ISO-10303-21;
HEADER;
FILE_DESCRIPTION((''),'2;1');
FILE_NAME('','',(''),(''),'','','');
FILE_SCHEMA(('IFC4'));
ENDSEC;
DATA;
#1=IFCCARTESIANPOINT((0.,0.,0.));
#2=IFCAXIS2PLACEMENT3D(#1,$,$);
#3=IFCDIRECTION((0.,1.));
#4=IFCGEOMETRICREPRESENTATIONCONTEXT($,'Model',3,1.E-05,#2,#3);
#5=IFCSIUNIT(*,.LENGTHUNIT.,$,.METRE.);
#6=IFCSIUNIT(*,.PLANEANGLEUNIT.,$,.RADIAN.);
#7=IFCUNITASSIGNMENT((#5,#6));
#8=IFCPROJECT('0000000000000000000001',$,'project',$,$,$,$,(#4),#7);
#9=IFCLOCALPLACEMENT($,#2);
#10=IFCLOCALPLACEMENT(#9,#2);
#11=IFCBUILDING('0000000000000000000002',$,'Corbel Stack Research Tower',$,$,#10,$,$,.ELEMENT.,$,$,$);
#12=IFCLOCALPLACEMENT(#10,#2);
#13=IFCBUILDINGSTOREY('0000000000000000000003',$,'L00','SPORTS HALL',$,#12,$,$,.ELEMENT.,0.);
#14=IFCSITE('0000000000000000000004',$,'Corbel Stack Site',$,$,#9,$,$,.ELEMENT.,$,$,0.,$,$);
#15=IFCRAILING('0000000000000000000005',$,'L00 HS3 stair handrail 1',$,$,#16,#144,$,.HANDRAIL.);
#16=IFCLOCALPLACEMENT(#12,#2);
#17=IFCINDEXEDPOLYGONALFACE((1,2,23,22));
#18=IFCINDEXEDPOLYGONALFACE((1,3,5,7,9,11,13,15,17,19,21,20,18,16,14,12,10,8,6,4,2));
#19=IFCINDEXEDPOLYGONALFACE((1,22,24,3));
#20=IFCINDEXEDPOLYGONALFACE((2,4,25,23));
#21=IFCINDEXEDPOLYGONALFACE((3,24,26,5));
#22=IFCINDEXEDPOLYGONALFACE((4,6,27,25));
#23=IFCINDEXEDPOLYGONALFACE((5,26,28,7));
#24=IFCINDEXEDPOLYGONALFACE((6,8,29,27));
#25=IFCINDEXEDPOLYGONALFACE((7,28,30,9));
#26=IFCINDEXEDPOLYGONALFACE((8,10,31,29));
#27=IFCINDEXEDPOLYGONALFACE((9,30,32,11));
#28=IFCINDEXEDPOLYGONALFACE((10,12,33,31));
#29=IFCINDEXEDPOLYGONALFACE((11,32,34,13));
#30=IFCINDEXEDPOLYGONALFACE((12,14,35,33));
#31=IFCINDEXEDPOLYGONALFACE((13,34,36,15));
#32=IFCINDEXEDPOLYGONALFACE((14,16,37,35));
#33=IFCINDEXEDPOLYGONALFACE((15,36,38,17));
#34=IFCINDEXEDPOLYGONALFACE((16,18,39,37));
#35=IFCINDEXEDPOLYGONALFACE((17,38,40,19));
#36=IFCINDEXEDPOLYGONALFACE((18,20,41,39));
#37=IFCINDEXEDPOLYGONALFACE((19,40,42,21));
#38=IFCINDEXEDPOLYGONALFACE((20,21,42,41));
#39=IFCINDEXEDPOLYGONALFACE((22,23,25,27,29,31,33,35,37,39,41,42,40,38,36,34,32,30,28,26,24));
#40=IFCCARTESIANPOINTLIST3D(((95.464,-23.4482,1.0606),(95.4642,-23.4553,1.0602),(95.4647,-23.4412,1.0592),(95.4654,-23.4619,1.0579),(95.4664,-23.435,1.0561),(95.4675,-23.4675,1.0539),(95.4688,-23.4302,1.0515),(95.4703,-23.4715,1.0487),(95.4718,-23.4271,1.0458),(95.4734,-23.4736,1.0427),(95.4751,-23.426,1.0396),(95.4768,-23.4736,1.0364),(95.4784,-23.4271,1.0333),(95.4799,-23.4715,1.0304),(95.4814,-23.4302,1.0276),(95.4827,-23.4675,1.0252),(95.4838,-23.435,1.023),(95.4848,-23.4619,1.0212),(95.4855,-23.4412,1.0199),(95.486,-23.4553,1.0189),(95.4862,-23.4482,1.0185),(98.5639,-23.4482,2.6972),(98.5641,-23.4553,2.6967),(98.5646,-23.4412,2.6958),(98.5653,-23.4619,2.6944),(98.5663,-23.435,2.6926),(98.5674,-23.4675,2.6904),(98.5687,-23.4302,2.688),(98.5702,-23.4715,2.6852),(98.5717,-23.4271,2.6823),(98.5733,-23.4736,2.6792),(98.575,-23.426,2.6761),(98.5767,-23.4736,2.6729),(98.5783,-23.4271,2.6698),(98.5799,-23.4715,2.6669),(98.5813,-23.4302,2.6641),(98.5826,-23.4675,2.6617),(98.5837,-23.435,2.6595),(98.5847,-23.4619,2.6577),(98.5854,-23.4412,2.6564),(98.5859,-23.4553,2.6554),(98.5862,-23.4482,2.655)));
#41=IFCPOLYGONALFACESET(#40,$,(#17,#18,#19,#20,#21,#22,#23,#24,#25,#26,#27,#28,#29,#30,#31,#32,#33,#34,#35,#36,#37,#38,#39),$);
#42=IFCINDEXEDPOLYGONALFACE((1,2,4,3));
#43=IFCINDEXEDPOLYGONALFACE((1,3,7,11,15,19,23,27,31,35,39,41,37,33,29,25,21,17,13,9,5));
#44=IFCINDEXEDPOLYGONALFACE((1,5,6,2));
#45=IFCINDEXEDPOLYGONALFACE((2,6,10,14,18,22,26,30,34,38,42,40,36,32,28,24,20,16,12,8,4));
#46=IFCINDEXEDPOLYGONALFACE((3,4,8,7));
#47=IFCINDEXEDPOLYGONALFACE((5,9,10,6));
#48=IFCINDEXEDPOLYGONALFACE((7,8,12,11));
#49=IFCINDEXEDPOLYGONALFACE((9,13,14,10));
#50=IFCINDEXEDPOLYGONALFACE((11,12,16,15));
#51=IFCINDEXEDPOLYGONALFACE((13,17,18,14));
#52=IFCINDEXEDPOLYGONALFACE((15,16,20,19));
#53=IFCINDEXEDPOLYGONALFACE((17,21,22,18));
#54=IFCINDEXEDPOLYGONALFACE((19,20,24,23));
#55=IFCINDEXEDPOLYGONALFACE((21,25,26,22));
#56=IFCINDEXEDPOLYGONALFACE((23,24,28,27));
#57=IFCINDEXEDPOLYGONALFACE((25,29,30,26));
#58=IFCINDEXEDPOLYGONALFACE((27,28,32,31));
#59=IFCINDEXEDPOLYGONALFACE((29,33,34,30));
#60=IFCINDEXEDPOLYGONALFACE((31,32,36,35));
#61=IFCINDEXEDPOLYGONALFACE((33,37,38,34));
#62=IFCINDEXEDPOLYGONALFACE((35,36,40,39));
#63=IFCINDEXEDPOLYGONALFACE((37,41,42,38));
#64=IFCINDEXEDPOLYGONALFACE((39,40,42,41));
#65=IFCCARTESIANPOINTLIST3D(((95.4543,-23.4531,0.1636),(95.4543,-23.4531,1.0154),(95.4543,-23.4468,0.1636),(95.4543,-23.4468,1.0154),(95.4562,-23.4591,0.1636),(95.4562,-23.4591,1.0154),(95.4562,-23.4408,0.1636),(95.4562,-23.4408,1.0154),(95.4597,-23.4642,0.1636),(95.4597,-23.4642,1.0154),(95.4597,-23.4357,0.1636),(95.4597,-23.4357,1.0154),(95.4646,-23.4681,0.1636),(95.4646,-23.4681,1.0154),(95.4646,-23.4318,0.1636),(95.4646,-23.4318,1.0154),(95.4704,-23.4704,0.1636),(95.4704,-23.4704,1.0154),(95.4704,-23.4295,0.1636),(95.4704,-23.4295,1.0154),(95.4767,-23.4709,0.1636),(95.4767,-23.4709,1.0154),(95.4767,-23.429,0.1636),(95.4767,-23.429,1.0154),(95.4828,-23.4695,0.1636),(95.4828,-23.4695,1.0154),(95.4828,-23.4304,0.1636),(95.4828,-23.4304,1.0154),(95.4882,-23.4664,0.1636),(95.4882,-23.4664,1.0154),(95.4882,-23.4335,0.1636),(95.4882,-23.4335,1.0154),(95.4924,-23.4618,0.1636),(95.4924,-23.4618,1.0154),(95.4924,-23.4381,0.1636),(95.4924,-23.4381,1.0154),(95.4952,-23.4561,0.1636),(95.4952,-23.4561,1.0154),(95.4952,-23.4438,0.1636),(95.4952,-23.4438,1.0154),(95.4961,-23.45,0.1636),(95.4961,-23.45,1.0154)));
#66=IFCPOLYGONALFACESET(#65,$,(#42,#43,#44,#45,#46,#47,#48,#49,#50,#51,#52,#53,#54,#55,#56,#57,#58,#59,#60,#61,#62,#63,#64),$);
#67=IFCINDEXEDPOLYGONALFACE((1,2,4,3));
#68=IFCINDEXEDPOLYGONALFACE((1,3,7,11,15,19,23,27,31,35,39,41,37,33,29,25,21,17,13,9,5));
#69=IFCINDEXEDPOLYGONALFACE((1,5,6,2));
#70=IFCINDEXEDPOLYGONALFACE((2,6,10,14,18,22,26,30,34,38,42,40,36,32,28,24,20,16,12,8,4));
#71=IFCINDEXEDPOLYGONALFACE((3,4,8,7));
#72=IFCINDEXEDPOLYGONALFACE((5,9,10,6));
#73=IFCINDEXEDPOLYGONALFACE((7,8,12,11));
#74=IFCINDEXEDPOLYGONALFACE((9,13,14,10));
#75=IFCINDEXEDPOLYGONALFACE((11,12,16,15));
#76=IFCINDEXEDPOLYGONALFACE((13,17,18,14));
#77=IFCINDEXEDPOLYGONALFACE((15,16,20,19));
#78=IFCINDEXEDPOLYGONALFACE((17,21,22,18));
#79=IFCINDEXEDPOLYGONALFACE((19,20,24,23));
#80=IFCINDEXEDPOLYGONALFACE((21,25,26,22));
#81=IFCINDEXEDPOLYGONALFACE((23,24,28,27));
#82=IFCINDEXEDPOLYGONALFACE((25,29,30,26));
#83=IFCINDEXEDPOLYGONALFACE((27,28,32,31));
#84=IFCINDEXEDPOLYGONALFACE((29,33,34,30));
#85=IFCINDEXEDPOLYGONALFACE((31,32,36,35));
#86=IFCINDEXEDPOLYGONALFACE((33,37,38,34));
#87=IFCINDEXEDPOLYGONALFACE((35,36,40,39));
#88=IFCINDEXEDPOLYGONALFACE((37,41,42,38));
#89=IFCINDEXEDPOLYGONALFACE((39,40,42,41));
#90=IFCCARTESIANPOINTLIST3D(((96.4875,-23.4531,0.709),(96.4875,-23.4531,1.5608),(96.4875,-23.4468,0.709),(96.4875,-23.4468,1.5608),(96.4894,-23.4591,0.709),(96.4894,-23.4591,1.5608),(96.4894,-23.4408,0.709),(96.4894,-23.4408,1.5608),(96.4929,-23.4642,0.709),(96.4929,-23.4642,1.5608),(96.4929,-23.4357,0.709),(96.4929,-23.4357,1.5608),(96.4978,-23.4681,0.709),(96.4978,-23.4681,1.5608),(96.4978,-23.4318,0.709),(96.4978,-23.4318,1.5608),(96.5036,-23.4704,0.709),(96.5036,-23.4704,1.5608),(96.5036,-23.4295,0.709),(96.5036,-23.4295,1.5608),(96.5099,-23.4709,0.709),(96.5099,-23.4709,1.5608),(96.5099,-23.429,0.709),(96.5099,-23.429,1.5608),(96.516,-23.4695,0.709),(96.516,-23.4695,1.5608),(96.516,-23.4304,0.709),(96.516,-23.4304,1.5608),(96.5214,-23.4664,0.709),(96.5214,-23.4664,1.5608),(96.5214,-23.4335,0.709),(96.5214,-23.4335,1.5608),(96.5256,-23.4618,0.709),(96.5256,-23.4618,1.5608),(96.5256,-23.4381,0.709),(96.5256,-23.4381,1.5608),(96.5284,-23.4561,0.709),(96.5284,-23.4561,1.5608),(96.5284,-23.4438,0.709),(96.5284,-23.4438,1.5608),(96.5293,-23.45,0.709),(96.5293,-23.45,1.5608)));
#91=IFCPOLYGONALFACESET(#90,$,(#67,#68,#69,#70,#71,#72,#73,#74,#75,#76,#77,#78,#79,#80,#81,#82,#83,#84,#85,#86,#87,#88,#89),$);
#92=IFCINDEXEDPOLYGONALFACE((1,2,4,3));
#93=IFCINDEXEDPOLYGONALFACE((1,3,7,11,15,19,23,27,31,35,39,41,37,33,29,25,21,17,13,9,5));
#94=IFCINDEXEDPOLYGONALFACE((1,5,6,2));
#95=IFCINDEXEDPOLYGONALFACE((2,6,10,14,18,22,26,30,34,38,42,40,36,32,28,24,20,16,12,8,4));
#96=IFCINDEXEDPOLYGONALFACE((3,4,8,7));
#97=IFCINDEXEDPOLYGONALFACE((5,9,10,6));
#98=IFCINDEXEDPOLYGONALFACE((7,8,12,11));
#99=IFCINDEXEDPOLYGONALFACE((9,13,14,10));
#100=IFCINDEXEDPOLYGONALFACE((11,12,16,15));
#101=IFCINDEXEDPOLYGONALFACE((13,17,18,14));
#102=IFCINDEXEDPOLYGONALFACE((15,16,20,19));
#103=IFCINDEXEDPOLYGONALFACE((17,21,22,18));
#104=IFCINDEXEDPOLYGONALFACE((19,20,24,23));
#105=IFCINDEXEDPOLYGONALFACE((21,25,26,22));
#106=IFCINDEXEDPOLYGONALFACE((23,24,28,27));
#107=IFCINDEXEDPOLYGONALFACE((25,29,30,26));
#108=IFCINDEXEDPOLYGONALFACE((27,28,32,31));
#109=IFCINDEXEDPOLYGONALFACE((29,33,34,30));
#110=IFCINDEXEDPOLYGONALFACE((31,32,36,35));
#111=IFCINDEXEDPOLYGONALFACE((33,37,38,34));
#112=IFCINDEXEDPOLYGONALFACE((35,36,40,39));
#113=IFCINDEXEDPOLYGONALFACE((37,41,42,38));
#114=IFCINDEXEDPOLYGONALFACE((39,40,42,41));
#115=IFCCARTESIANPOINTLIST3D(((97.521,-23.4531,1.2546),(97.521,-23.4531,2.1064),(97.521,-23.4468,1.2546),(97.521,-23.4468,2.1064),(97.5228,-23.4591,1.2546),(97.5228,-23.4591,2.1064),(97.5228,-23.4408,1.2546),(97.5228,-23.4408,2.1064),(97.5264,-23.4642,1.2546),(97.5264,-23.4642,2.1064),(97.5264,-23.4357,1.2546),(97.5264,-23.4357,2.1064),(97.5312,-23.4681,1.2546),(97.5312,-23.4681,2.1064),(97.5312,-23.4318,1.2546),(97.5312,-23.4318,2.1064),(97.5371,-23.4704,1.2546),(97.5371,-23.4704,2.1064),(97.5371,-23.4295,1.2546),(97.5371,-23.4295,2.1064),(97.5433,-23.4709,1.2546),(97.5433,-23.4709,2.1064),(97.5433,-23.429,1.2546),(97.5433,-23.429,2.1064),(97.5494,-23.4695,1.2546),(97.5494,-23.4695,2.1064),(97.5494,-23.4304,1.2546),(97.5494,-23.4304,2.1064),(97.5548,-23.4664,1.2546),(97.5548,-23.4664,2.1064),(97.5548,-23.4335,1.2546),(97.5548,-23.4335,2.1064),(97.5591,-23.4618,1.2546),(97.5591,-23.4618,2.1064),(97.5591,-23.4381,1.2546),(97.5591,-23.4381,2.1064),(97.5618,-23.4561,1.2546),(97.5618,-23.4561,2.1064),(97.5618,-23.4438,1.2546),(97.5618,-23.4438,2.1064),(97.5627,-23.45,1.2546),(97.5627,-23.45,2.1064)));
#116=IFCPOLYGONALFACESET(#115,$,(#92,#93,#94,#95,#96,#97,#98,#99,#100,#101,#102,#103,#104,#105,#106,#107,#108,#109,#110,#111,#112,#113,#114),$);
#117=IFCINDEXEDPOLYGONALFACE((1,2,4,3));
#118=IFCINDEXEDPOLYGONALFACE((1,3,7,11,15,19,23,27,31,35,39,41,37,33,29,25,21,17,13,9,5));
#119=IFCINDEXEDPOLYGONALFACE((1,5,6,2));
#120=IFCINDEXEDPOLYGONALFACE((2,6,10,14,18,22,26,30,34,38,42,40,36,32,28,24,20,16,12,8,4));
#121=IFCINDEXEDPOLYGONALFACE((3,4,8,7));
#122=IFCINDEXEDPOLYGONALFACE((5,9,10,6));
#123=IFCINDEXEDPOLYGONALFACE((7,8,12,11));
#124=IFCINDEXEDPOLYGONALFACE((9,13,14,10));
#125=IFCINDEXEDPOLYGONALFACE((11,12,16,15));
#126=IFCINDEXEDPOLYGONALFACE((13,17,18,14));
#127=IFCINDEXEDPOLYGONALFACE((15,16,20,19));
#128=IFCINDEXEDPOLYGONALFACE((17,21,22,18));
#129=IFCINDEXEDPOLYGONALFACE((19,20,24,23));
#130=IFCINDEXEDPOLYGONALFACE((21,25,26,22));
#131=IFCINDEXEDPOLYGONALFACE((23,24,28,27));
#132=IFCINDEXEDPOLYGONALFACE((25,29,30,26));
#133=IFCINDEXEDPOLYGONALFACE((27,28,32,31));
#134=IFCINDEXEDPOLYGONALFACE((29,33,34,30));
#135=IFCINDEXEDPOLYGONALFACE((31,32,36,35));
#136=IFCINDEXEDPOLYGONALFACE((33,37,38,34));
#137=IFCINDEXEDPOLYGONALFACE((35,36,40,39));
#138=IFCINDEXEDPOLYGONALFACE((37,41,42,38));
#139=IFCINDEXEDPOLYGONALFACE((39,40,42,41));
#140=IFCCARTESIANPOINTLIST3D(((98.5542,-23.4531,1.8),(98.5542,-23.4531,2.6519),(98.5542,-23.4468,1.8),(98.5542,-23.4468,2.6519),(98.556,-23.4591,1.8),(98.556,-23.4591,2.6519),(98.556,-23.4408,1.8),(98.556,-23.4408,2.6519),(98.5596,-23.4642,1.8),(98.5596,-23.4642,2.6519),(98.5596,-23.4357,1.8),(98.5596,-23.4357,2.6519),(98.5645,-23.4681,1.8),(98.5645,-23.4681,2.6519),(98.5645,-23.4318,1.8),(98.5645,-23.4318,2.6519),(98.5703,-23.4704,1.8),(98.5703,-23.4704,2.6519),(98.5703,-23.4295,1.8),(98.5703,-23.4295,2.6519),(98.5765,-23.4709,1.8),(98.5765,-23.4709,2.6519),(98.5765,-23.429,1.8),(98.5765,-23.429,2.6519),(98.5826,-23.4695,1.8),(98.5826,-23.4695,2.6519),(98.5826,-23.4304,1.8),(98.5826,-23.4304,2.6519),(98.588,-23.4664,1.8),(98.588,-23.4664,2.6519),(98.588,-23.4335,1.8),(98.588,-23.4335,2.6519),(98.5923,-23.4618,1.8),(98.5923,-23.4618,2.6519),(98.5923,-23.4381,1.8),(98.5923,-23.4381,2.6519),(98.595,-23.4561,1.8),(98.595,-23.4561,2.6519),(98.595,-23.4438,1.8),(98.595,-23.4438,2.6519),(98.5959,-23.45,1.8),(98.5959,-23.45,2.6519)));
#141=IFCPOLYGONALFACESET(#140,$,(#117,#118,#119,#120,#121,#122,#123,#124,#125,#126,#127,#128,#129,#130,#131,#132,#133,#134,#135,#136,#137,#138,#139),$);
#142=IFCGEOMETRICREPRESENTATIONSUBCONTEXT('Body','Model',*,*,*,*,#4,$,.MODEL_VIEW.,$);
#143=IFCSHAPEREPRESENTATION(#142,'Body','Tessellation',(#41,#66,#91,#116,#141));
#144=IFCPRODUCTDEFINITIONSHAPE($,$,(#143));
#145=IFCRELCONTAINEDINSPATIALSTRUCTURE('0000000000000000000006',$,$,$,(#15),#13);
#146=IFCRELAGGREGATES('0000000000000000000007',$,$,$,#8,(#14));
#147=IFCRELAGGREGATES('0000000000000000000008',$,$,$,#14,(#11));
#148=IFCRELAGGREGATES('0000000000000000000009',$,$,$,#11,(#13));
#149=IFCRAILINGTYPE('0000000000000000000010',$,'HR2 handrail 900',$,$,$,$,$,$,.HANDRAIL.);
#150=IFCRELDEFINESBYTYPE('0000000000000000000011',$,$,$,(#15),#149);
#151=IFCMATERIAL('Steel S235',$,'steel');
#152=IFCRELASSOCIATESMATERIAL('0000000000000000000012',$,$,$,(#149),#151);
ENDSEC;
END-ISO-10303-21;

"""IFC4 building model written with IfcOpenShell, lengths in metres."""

from ifc_helpers import new_model, si_unit, direction, frame, origin, origin_2d, place, context, subcontext, project, spatial, circle, extrude, material, type_object, element, save


model = new_model("IFC4")

# Units and contexts
model_context = context("Model", 3, precision=1e-05, world=origin(), true_north=direction((0.0, 1.0)))
body_context = subcontext(model_context, "Body", "Model", "MODEL_VIEW")
ifc_project = project(units=[si_unit("LENGTHUNIT", "METRE"), si_unit("PLANEANGLEUNIT", "RADIAN")], contexts=[model_context])

# Site, building, storey
site_placement = place(None, origin())
site = spatial("IfcSite", under=ifc_project, at=site_placement, Name="Corbel Stack Site", CompositionType="ELEMENT", RefElevation=0.0)
building_placement = place(site_placement, origin())
building = spatial("IfcBuilding", under=site, at=building_placement, Name="Corbel Stack Research Tower", CompositionType="ELEMENT")
storey_placement = place(building_placement, origin())
storey = spatial("IfcBuildingStorey", under=building, at=storey_placement, Name="L00", Description="SPORTS HALL", CompositionType="ELEMENT", Elevation=0.0)

# Railing
ifc_material_1 = material(Name="Steel S235", Category="steel")
railing_type_1 = type_object("IfcRailingType", Name="HR2 handrail 900", PredefinedType="HANDRAIL", material=ifc_material_1)
railing_1_placement = place(storey_placement, frame((95.4751, -23.45, 0.1636)))
element("IfcRailing", 1, at=railing_1_placement, inside=storey, type_object=railing_type_1, Name="L00 HS3 stair handrail 1", PredefinedType="HANDRAIL", context=body_context, shape_type="SweptSolid", body=[
    extrude(circle(Radius=0.0239, at=origin_2d()), frame((0.0, 0.0, 0.876), z_axis=(0.884333, 0.0, 0.466857), x_axis=(0.0, 1.0, 0.0)), (0.0, 0.0, 1.0), 3.5054),
    extrude(circle(Radius=0.021, at=origin_2d()), origin(), (0.0, 0.0, 1.0), 0.8518),
    extrude(circle(Radius=0.021, at=origin_2d()), frame((1.0332, 0.0, 0.5454)), (0.0, 0.0, 1.0), 0.8518),
    extrude(circle(Radius=0.021, at=origin_2d()), frame((2.0667, 0.0, 1.0911)), (0.0, 0.0, 1.0), 0.8518),
    extrude(circle(Radius=0.021, at=origin_2d()), frame((3.0999, 0.0, 1.6365)), (0.0, 0.0, 1.0), 0.8518),
])

save(model, "model.ifc")
